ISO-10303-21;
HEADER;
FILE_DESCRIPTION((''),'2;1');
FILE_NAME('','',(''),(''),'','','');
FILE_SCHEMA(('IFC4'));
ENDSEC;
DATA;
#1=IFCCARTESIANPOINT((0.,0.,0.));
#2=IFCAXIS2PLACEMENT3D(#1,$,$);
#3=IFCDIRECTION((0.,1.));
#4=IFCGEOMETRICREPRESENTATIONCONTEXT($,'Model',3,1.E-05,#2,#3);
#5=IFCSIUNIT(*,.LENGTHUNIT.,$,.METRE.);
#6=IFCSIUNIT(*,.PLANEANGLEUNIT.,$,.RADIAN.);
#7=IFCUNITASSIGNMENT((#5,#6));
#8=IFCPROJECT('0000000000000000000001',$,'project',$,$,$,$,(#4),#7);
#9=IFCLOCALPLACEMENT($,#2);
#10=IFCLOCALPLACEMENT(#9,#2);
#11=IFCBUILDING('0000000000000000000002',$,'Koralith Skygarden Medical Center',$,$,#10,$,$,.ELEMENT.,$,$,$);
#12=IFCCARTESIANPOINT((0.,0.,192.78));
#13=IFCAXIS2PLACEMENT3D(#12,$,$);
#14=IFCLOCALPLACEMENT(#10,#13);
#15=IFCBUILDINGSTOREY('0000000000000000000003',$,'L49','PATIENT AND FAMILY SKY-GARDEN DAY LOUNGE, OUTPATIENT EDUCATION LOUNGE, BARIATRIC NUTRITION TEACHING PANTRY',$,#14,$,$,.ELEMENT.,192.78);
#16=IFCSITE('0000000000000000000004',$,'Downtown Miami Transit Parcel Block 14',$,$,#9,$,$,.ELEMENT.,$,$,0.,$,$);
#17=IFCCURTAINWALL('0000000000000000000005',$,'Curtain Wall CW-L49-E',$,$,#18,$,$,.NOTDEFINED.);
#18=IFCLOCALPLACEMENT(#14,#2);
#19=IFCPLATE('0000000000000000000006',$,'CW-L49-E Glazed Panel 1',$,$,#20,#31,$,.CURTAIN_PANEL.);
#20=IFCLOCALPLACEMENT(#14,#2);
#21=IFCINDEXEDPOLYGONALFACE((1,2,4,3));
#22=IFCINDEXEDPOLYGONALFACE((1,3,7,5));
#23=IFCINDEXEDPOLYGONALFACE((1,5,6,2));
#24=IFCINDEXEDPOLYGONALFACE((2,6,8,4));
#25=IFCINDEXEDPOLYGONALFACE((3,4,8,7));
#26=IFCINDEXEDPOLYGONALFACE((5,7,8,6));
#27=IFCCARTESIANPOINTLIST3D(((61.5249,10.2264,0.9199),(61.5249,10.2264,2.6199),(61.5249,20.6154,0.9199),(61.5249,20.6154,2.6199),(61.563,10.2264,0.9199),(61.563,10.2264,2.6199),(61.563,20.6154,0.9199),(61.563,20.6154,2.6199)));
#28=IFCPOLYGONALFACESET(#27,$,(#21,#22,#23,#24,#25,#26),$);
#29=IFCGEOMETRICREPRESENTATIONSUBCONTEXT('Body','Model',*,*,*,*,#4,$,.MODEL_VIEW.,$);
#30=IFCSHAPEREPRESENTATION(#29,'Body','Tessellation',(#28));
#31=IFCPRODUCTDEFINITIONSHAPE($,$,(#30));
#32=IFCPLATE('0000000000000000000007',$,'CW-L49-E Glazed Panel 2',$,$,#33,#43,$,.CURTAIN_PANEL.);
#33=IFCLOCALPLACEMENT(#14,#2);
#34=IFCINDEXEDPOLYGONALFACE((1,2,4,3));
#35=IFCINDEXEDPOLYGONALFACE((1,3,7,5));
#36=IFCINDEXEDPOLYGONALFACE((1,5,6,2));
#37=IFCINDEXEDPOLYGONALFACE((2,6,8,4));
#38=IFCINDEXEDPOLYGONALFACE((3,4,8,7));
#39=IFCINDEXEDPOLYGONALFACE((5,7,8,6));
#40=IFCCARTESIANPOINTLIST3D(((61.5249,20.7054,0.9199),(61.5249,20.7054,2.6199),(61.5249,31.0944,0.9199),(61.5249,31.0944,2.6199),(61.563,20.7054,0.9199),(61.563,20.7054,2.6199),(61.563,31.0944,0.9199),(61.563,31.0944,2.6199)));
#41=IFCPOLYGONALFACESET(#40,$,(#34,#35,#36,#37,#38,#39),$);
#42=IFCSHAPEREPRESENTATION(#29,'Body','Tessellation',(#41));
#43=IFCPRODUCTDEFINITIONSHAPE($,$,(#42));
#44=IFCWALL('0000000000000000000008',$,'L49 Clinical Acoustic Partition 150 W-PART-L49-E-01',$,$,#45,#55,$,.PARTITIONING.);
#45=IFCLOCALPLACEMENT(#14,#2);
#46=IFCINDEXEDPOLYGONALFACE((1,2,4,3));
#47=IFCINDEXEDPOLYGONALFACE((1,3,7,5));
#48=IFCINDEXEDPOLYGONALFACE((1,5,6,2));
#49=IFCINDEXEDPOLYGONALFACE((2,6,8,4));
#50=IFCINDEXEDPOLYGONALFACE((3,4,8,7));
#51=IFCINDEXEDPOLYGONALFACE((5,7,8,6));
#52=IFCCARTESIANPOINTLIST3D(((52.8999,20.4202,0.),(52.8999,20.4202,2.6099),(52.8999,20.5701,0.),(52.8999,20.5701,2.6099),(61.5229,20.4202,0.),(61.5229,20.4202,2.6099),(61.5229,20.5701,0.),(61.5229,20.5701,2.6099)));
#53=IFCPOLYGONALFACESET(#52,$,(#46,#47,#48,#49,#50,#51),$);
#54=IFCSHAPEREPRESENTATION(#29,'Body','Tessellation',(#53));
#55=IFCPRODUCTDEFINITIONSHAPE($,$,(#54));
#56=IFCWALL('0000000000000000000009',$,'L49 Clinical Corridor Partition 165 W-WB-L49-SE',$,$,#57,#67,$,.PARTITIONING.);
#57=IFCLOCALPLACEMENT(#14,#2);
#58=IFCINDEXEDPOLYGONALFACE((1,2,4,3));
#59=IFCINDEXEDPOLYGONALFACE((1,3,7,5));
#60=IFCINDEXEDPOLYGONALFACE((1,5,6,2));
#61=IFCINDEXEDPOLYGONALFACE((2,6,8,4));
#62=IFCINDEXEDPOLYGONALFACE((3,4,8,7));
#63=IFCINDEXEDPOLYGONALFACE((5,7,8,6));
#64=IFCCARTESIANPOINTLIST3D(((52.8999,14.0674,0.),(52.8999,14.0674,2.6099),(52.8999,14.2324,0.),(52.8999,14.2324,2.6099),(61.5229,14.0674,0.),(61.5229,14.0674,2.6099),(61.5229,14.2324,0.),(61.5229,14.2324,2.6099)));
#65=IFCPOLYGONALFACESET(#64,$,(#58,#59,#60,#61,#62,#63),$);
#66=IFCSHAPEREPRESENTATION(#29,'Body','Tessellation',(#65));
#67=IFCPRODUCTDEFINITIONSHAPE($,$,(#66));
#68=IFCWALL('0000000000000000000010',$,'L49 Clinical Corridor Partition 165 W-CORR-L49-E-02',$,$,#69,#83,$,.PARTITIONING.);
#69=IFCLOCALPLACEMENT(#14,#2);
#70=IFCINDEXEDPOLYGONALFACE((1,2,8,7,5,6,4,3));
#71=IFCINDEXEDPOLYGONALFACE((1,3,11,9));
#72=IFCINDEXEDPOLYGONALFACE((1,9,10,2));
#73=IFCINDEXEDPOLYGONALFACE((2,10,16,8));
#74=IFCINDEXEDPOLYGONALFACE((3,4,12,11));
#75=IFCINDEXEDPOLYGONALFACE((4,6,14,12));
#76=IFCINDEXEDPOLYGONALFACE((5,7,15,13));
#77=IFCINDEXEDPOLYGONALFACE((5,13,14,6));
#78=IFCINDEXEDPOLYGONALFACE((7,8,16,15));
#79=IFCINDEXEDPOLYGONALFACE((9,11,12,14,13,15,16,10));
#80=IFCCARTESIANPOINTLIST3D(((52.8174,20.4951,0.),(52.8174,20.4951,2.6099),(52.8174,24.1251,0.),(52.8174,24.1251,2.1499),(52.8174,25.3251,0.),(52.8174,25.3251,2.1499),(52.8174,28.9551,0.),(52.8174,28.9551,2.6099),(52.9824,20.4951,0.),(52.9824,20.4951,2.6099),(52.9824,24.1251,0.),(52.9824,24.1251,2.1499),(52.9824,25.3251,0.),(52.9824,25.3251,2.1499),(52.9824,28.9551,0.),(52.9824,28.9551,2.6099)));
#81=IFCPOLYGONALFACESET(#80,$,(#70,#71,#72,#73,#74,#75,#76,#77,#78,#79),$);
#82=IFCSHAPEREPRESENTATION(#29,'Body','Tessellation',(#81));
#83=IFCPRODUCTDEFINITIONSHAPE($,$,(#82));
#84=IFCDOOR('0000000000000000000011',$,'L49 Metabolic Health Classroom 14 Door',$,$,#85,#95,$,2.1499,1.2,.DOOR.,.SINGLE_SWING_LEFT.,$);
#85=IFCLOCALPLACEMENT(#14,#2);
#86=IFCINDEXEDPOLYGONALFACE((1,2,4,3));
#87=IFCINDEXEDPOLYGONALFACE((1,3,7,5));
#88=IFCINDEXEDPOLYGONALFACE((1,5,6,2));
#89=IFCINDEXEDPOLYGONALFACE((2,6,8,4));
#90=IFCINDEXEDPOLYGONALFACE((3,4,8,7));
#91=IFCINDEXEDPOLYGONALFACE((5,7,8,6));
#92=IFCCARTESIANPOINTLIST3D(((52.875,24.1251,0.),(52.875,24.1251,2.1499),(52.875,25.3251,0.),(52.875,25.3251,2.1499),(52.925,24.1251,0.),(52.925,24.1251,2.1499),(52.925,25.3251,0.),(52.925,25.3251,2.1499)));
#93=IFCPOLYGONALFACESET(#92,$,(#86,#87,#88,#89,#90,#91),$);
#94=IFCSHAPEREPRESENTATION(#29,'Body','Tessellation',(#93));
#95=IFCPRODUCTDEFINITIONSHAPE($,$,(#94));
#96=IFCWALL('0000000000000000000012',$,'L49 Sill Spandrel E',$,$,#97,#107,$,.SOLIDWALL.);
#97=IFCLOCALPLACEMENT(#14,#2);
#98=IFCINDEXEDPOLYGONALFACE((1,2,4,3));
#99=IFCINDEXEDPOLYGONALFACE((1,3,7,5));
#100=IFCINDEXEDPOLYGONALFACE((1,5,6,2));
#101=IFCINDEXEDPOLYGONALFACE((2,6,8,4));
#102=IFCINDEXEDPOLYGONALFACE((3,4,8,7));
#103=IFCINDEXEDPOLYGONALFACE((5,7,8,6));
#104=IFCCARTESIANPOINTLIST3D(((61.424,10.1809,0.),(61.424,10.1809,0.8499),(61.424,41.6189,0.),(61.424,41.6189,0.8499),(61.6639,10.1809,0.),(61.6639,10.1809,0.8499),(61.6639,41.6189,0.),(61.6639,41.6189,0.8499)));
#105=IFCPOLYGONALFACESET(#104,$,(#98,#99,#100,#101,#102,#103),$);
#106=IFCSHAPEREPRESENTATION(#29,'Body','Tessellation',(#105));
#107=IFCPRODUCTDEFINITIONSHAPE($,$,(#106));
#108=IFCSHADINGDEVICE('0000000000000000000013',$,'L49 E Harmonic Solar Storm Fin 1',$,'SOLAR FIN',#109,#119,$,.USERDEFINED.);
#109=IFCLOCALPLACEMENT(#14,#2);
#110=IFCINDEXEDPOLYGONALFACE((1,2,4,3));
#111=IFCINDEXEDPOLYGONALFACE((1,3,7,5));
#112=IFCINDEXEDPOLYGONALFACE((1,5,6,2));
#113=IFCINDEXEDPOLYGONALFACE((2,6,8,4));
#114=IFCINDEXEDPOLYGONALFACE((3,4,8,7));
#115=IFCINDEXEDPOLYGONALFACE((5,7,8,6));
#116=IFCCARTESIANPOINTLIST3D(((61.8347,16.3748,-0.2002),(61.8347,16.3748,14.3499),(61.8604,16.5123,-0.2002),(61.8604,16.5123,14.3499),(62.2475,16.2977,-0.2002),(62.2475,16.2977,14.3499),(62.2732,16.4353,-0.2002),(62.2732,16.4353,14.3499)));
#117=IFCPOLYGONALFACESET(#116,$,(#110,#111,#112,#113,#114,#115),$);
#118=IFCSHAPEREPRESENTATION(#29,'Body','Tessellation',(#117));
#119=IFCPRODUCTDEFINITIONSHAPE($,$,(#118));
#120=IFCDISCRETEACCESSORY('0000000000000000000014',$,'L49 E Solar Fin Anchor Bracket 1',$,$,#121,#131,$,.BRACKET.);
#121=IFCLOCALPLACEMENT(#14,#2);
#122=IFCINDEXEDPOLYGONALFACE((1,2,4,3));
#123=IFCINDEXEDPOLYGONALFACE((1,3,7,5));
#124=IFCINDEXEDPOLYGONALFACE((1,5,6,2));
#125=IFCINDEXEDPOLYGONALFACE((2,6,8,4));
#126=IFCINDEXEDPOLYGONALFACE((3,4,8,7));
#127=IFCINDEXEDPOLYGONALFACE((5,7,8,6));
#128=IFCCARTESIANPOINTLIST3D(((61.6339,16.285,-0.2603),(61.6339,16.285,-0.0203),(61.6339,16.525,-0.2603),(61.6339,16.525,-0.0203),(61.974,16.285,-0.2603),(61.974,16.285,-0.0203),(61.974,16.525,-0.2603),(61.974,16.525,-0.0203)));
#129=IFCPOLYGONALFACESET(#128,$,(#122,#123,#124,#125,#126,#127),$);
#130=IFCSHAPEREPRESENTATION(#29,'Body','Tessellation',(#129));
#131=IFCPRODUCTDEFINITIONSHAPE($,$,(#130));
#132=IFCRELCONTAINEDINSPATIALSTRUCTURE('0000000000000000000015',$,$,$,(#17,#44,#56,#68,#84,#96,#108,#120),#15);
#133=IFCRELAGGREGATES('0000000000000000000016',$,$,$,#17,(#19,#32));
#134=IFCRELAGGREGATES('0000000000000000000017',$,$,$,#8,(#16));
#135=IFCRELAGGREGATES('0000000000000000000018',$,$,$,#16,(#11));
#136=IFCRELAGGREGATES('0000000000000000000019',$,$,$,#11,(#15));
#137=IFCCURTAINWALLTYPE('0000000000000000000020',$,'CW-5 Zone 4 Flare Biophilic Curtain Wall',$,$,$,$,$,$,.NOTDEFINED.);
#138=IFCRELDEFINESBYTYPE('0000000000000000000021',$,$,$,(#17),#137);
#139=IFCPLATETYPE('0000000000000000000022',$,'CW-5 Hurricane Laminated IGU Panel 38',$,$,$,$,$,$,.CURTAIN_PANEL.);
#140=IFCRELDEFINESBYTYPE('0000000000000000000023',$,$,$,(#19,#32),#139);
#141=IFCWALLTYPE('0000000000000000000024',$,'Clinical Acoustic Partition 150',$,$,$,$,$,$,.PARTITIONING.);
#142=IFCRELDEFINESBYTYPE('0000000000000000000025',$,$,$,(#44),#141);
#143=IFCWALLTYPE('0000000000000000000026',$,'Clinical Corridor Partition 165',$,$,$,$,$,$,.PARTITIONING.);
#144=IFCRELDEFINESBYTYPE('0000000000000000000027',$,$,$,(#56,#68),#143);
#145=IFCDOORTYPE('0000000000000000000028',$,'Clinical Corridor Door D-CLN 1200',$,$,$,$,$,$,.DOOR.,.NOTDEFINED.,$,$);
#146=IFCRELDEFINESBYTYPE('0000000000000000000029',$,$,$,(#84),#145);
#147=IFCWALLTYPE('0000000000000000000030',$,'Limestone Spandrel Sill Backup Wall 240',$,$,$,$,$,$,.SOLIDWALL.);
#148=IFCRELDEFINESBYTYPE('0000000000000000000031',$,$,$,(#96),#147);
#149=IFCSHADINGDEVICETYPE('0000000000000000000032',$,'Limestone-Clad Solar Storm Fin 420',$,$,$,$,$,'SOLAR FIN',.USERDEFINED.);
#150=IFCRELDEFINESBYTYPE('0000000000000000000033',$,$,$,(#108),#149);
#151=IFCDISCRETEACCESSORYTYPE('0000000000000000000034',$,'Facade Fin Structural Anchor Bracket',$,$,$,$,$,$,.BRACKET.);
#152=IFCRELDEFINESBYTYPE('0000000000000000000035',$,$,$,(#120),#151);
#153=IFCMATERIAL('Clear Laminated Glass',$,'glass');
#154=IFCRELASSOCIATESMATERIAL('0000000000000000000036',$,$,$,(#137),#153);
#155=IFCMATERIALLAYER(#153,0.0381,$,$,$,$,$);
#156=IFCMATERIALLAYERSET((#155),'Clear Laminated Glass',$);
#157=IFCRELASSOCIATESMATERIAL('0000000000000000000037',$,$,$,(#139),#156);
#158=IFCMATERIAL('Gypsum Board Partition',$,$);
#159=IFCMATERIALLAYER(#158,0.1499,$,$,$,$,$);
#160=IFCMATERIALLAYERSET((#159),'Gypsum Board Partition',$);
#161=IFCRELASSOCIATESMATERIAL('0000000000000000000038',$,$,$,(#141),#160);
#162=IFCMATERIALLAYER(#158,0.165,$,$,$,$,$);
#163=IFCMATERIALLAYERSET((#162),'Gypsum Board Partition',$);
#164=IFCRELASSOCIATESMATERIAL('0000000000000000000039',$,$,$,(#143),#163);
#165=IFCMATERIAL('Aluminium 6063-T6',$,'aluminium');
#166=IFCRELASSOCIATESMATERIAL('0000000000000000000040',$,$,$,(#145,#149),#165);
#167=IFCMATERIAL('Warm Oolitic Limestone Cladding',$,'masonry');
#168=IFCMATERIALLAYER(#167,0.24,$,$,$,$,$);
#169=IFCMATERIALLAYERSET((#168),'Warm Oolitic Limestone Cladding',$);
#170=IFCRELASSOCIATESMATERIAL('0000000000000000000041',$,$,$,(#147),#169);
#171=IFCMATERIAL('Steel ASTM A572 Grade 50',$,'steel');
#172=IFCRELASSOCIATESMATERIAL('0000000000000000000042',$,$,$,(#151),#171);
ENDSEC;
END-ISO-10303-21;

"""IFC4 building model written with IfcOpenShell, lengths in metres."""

from ifc_helpers import new_model, si_unit, direction, frame, frame_2d, origin, origin_2d, place, context, subcontext, project, spatial, rectangle, extrude, material, layer, layer_set, type_object, element, fill, aggregate, save


model = new_model("IFC4")

# Units and contexts
model_context = context("Model", 3, precision=1e-05, world=origin(), true_north=direction((0.0, 1.0)))
body_context = subcontext(model_context, "Body", "Model", "MODEL_VIEW")
ifc_project = project(units=[si_unit("LENGTHUNIT", "METRE"), si_unit("PLANEANGLEUNIT", "RADIAN")], contexts=[model_context])

# Site, building, storey
site_placement = place(None, origin())
site = spatial("IfcSite", under=ifc_project, at=site_placement, Name="Downtown Miami Transit Parcel Block 14", CompositionType="ELEMENT", RefElevation=0.0)
building_placement = place(site_placement, origin())
building = spatial("IfcBuilding", under=site, at=building_placement, Name="Koralith Skygarden Medical Center", CompositionType="ELEMENT")
storey_placement = place(building_placement, frame((0.0, 0.0, 192.78)))
storey = spatial("IfcBuildingStorey", under=building, at=storey_placement, Name="L49", Description="PATIENT AND FAMILY SKY-GARDEN DAY LOUNGE, OUTPATIENT EDUCATION LOUNGE, BARIATRIC NUTRITION TEACHING PANTRY", CompositionType="ELEMENT", Elevation=192.78)

# Curtain wall
ifc_material_1 = material(Name="Clear Laminated Glass", Category="glass")
curtain_wall_type = type_object("IfcCurtainWallType", Name="CW-5 Zone 4 Flare Biophilic Curtain Wall", PredefinedType="NOTDEFINED", material=ifc_material_1)
curtain_wall_placement = place(storey_placement, origin())
curtain_wall = element("IfcCurtainWall", 1, at=curtain_wall_placement, inside=storey, type_object=curtain_wall_type, Name="Curtain Wall CW-L49-E", PredefinedType="NOTDEFINED")
ifc_material_2 = material(Name="Aluminium 6063-T6", Category="aluminium")

# Plates
ifc_layer_1 = layer(ifc_material_1, 0.0381)
ifc_layer_set_1 = layer_set([ifc_layer_1], Name="Clear Laminated Glass")
plate_type = type_object("IfcPlateType", Name="CW-5 Hurricane Laminated IGU Panel 38", PredefinedType="CURTAIN_PANEL", material=ifc_layer_set_1)
plate_1_placement = place(storey_placement, frame((61.5439, 15.4209, 0.9199), z_axis=(0.0, 0.0, 1.0), x_axis=(0.0, 1.0, 0.0)))
plate_1 = element("IfcPlate", 2, at=plate_1_placement, type_object=plate_type, Name="CW-L49-E Glazed Panel 1", PredefinedType="CURTAIN_PANEL", context=body_context, shape_type="SweptSolid", body=[
    extrude(rectangle(XDim=10.3889, YDim=0.0381, at=origin_2d()), origin(), (0.0, 0.0, 1.0), 1.7),
])
plate_2_placement = place(storey_placement, frame((61.5439, 25.8999, 0.9199), z_axis=(0.0, 0.0, 1.0), x_axis=(0.0, 1.0, 0.0)))
plate_2 = element("IfcPlate", 3, at=plate_2_placement, type_object=plate_type, Name="CW-L49-E Glazed Panel 2", PredefinedType="CURTAIN_PANEL", context=body_context, shape_type="SweptSolid", body=[
    extrude(rectangle(XDim=10.3889, YDim=0.0381, at=origin_2d()), origin(), (0.0, 0.0, 1.0), 1.7),
])
aggregate(curtain_wall, [plate_1, plate_2])

# Walls
ifc_material_3 = material(Name="Gypsum Board Partition")
ifc_layer_2 = layer(ifc_material_3, 0.1499)
ifc_layer_set_2 = layer_set([ifc_layer_2], Name="Gypsum Board Partition")
wall_type_1 = type_object("IfcWallType", Name="Clinical Acoustic Partition 150", PredefinedType="PARTITIONING", material=ifc_layer_set_2)
wall_1_placement = place(storey_placement, frame((52.8999, 20.4951, 0.0), z_axis=(0.0, 0.0, 1.0), x_axis=(1.0, 0.0, 0.0)))
element("IfcWall", 4, at=wall_1_placement, inside=storey, type_object=wall_type_1, Name="L49 Clinical Acoustic Partition 150 W-PART-L49-E-01", PredefinedType="PARTITIONING", context=body_context, shape_type="SweptSolid", body=[
    extrude(rectangle(XDim=8.623, YDim=0.1499, at=frame_2d((4.3115, 0.0))), origin(), (0.0, 0.0, 1.0), 2.6099),
])
ifc_layer_3 = layer(ifc_material_3, 0.165)
ifc_layer_set_3 = layer_set([ifc_layer_3], Name="Gypsum Board Partition")
wall_type_2 = type_object("IfcWallType", Name="Clinical Corridor Partition 165", PredefinedType="PARTITIONING", material=ifc_layer_set_3)
wall_2_placement = place(storey_placement, frame((52.8999, 14.1499, 0.0), z_axis=(0.0, 0.0, 1.0), x_axis=(1.0, 0.0, 0.0)))
element("IfcWall", 5, at=wall_2_placement, inside=storey, type_object=wall_type_2, Name="L49 Clinical Corridor Partition 165 W-WB-L49-SE", PredefinedType="PARTITIONING", context=body_context, shape_type="SweptSolid", body=[
    extrude(rectangle(XDim=8.623, YDim=0.165, at=frame_2d((4.3115, 0.0))), origin(), (0.0, 0.0, 1.0), 2.6099),
])

# Wall, opening, door
door_type = type_object("IfcDoorType", Name="Clinical Corridor Door D-CLN 1200", OperationType="NOTDEFINED", PredefinedType="DOOR", material=ifc_material_2)
wall_3_placement = place(storey_placement, frame((52.8999, 20.4951, 0.0), z_axis=(0.0, 0.0, 1.0), x_axis=(0.0, 1.0, 0.0)))
wall_3 = element("IfcWall", 6, at=wall_3_placement, inside=storey, type_object=wall_type_2, Name="L49 Clinical Corridor Partition 165 W-CORR-L49-E-02", PredefinedType="PARTITIONING", context=body_context, shape_type="SweptSolid", body=[
    extrude(rectangle(XDim=8.46, YDim=0.165, at=frame_2d((4.23, 0.0))), origin(), (0.0, 0.0, 1.0), 2.6099),
])
opening_1_placement = place(wall_3_placement, frame((3.6299, 0.0, 0.0)))
opening_1 = element("IfcOpeningElement", 7, at=opening_1_placement, cuts=wall_3, PredefinedType="OPENING", context=body_context, shape_type="SweptSolid", body=[
    extrude(rectangle(XDim=1.2, YDim=2.1499, at=frame_2d((0.6001, 1.075))), frame((0.0, 0.0925, 0.0), z_axis=(0.0, -1.0, 0.0), x_axis=(1.0, 0.0, 0.0)), (0.0, 0.0, 1.0), 0.1851),
])
door_1_placement = place(opening_1_placement, origin())
door_1 = element("IfcDoor", 8, at=door_1_placement, inside=storey, type_object=door_type, Name="L49 Metabolic Health Classroom 14 Door", OperationType="SINGLE_SWING_LEFT", OverallHeight=2.1499, OverallWidth=1.2, PredefinedType="DOOR", context=body_context, shape_type="SweptSolid", body=[
    extrude(rectangle(XDim=1.2, YDim=2.1499, at=frame_2d((0.6001, 1.075))), frame((0.0, 0.0249, 0.0), z_axis=(0.0, -1.0, 0.0), x_axis=(1.0, 0.0, 0.0)), (0.0, 0.0, 1.0), 0.05),
])
fill(opening_1, door_1)

# Wall
ifc_material_4 = material(Name="Warm Oolitic Limestone Cladding", Category="masonry")
ifc_layer_4 = layer(ifc_material_4, 0.24)
ifc_layer_set_4 = layer_set([ifc_layer_4], Name="Warm Oolitic Limestone Cladding")
wall_type_3 = type_object("IfcWallType", Name="Limestone Spandrel Sill Backup Wall 240", PredefinedType="SOLIDWALL", material=ifc_layer_set_4)
wall_4_placement = place(storey_placement, frame((61.5439, 10.1809, 0.0), z_axis=(0.0, 0.0, 1.0), x_axis=(0.0, 1.0, 0.0)))
element("IfcWall", 9, at=wall_4_placement, inside=storey, type_object=wall_type_3, Name="L49 Sill Spandrel E", PredefinedType="SOLIDWALL", context=body_context, shape_type="SweptSolid", body=[
    extrude(rectangle(XDim=31.438, YDim=0.24, at=frame_2d((15.719, 0.0))), origin(), (0.0, 0.0, 1.0), 0.8499),
])

# Shading device
shading_device_type = type_object("IfcShadingDeviceType", Name="Limestone-Clad Solar Storm Fin 420", ElementType="SOLAR FIN", PredefinedType="USERDEFINED", material=ifc_material_2)
shading_device_placement = place(storey_placement, frame((62.054, 16.405, -0.2002), z_axis=(0.0, 0.0, 1.0), x_axis=(0.983019, -0.183505, 0.0)))
element("IfcShadingDevice", 10, at=shading_device_placement, inside=storey, type_object=shading_device_type, Name="L49 E Harmonic Solar Storm Fin 1", ObjectType="SOLAR FIN", PredefinedType="USERDEFINED", context=body_context, shape_type="SweptSolid", body=[
    extrude(rectangle(XDim=0.4199, YDim=0.1399, at=origin_2d()), origin(), (0.0, 0.0, 1.0), 14.55),
])

# Discrete accessory
ifc_material_5 = material(Name="Steel ASTM A572 Grade 50", Category="steel")
discrete_accessory_type = type_object("IfcDiscreteAccessoryType", Name="Facade Fin Structural Anchor Bracket", PredefinedType="BRACKET", material=ifc_material_5)
discrete_accessory_placement = place(storey_placement, frame((61.804, 16.405, -0.2603), z_axis=(0.0, 0.0, 1.0), x_axis=(1.0, 0.0, 0.0)))
element("IfcDiscreteAccessory", 11, at=discrete_accessory_placement, inside=storey, type_object=discrete_accessory_type, Name="L49 E Solar Fin Anchor Bracket 1", PredefinedType="BRACKET", context=body_context, shape_type="SweptSolid", body=[
    extrude(rectangle(XDim=0.3401, YDim=0.24, at=origin_2d()), origin(), (0.0, 0.0, 1.0), 0.24),
])

save(model, "model.ifc")
